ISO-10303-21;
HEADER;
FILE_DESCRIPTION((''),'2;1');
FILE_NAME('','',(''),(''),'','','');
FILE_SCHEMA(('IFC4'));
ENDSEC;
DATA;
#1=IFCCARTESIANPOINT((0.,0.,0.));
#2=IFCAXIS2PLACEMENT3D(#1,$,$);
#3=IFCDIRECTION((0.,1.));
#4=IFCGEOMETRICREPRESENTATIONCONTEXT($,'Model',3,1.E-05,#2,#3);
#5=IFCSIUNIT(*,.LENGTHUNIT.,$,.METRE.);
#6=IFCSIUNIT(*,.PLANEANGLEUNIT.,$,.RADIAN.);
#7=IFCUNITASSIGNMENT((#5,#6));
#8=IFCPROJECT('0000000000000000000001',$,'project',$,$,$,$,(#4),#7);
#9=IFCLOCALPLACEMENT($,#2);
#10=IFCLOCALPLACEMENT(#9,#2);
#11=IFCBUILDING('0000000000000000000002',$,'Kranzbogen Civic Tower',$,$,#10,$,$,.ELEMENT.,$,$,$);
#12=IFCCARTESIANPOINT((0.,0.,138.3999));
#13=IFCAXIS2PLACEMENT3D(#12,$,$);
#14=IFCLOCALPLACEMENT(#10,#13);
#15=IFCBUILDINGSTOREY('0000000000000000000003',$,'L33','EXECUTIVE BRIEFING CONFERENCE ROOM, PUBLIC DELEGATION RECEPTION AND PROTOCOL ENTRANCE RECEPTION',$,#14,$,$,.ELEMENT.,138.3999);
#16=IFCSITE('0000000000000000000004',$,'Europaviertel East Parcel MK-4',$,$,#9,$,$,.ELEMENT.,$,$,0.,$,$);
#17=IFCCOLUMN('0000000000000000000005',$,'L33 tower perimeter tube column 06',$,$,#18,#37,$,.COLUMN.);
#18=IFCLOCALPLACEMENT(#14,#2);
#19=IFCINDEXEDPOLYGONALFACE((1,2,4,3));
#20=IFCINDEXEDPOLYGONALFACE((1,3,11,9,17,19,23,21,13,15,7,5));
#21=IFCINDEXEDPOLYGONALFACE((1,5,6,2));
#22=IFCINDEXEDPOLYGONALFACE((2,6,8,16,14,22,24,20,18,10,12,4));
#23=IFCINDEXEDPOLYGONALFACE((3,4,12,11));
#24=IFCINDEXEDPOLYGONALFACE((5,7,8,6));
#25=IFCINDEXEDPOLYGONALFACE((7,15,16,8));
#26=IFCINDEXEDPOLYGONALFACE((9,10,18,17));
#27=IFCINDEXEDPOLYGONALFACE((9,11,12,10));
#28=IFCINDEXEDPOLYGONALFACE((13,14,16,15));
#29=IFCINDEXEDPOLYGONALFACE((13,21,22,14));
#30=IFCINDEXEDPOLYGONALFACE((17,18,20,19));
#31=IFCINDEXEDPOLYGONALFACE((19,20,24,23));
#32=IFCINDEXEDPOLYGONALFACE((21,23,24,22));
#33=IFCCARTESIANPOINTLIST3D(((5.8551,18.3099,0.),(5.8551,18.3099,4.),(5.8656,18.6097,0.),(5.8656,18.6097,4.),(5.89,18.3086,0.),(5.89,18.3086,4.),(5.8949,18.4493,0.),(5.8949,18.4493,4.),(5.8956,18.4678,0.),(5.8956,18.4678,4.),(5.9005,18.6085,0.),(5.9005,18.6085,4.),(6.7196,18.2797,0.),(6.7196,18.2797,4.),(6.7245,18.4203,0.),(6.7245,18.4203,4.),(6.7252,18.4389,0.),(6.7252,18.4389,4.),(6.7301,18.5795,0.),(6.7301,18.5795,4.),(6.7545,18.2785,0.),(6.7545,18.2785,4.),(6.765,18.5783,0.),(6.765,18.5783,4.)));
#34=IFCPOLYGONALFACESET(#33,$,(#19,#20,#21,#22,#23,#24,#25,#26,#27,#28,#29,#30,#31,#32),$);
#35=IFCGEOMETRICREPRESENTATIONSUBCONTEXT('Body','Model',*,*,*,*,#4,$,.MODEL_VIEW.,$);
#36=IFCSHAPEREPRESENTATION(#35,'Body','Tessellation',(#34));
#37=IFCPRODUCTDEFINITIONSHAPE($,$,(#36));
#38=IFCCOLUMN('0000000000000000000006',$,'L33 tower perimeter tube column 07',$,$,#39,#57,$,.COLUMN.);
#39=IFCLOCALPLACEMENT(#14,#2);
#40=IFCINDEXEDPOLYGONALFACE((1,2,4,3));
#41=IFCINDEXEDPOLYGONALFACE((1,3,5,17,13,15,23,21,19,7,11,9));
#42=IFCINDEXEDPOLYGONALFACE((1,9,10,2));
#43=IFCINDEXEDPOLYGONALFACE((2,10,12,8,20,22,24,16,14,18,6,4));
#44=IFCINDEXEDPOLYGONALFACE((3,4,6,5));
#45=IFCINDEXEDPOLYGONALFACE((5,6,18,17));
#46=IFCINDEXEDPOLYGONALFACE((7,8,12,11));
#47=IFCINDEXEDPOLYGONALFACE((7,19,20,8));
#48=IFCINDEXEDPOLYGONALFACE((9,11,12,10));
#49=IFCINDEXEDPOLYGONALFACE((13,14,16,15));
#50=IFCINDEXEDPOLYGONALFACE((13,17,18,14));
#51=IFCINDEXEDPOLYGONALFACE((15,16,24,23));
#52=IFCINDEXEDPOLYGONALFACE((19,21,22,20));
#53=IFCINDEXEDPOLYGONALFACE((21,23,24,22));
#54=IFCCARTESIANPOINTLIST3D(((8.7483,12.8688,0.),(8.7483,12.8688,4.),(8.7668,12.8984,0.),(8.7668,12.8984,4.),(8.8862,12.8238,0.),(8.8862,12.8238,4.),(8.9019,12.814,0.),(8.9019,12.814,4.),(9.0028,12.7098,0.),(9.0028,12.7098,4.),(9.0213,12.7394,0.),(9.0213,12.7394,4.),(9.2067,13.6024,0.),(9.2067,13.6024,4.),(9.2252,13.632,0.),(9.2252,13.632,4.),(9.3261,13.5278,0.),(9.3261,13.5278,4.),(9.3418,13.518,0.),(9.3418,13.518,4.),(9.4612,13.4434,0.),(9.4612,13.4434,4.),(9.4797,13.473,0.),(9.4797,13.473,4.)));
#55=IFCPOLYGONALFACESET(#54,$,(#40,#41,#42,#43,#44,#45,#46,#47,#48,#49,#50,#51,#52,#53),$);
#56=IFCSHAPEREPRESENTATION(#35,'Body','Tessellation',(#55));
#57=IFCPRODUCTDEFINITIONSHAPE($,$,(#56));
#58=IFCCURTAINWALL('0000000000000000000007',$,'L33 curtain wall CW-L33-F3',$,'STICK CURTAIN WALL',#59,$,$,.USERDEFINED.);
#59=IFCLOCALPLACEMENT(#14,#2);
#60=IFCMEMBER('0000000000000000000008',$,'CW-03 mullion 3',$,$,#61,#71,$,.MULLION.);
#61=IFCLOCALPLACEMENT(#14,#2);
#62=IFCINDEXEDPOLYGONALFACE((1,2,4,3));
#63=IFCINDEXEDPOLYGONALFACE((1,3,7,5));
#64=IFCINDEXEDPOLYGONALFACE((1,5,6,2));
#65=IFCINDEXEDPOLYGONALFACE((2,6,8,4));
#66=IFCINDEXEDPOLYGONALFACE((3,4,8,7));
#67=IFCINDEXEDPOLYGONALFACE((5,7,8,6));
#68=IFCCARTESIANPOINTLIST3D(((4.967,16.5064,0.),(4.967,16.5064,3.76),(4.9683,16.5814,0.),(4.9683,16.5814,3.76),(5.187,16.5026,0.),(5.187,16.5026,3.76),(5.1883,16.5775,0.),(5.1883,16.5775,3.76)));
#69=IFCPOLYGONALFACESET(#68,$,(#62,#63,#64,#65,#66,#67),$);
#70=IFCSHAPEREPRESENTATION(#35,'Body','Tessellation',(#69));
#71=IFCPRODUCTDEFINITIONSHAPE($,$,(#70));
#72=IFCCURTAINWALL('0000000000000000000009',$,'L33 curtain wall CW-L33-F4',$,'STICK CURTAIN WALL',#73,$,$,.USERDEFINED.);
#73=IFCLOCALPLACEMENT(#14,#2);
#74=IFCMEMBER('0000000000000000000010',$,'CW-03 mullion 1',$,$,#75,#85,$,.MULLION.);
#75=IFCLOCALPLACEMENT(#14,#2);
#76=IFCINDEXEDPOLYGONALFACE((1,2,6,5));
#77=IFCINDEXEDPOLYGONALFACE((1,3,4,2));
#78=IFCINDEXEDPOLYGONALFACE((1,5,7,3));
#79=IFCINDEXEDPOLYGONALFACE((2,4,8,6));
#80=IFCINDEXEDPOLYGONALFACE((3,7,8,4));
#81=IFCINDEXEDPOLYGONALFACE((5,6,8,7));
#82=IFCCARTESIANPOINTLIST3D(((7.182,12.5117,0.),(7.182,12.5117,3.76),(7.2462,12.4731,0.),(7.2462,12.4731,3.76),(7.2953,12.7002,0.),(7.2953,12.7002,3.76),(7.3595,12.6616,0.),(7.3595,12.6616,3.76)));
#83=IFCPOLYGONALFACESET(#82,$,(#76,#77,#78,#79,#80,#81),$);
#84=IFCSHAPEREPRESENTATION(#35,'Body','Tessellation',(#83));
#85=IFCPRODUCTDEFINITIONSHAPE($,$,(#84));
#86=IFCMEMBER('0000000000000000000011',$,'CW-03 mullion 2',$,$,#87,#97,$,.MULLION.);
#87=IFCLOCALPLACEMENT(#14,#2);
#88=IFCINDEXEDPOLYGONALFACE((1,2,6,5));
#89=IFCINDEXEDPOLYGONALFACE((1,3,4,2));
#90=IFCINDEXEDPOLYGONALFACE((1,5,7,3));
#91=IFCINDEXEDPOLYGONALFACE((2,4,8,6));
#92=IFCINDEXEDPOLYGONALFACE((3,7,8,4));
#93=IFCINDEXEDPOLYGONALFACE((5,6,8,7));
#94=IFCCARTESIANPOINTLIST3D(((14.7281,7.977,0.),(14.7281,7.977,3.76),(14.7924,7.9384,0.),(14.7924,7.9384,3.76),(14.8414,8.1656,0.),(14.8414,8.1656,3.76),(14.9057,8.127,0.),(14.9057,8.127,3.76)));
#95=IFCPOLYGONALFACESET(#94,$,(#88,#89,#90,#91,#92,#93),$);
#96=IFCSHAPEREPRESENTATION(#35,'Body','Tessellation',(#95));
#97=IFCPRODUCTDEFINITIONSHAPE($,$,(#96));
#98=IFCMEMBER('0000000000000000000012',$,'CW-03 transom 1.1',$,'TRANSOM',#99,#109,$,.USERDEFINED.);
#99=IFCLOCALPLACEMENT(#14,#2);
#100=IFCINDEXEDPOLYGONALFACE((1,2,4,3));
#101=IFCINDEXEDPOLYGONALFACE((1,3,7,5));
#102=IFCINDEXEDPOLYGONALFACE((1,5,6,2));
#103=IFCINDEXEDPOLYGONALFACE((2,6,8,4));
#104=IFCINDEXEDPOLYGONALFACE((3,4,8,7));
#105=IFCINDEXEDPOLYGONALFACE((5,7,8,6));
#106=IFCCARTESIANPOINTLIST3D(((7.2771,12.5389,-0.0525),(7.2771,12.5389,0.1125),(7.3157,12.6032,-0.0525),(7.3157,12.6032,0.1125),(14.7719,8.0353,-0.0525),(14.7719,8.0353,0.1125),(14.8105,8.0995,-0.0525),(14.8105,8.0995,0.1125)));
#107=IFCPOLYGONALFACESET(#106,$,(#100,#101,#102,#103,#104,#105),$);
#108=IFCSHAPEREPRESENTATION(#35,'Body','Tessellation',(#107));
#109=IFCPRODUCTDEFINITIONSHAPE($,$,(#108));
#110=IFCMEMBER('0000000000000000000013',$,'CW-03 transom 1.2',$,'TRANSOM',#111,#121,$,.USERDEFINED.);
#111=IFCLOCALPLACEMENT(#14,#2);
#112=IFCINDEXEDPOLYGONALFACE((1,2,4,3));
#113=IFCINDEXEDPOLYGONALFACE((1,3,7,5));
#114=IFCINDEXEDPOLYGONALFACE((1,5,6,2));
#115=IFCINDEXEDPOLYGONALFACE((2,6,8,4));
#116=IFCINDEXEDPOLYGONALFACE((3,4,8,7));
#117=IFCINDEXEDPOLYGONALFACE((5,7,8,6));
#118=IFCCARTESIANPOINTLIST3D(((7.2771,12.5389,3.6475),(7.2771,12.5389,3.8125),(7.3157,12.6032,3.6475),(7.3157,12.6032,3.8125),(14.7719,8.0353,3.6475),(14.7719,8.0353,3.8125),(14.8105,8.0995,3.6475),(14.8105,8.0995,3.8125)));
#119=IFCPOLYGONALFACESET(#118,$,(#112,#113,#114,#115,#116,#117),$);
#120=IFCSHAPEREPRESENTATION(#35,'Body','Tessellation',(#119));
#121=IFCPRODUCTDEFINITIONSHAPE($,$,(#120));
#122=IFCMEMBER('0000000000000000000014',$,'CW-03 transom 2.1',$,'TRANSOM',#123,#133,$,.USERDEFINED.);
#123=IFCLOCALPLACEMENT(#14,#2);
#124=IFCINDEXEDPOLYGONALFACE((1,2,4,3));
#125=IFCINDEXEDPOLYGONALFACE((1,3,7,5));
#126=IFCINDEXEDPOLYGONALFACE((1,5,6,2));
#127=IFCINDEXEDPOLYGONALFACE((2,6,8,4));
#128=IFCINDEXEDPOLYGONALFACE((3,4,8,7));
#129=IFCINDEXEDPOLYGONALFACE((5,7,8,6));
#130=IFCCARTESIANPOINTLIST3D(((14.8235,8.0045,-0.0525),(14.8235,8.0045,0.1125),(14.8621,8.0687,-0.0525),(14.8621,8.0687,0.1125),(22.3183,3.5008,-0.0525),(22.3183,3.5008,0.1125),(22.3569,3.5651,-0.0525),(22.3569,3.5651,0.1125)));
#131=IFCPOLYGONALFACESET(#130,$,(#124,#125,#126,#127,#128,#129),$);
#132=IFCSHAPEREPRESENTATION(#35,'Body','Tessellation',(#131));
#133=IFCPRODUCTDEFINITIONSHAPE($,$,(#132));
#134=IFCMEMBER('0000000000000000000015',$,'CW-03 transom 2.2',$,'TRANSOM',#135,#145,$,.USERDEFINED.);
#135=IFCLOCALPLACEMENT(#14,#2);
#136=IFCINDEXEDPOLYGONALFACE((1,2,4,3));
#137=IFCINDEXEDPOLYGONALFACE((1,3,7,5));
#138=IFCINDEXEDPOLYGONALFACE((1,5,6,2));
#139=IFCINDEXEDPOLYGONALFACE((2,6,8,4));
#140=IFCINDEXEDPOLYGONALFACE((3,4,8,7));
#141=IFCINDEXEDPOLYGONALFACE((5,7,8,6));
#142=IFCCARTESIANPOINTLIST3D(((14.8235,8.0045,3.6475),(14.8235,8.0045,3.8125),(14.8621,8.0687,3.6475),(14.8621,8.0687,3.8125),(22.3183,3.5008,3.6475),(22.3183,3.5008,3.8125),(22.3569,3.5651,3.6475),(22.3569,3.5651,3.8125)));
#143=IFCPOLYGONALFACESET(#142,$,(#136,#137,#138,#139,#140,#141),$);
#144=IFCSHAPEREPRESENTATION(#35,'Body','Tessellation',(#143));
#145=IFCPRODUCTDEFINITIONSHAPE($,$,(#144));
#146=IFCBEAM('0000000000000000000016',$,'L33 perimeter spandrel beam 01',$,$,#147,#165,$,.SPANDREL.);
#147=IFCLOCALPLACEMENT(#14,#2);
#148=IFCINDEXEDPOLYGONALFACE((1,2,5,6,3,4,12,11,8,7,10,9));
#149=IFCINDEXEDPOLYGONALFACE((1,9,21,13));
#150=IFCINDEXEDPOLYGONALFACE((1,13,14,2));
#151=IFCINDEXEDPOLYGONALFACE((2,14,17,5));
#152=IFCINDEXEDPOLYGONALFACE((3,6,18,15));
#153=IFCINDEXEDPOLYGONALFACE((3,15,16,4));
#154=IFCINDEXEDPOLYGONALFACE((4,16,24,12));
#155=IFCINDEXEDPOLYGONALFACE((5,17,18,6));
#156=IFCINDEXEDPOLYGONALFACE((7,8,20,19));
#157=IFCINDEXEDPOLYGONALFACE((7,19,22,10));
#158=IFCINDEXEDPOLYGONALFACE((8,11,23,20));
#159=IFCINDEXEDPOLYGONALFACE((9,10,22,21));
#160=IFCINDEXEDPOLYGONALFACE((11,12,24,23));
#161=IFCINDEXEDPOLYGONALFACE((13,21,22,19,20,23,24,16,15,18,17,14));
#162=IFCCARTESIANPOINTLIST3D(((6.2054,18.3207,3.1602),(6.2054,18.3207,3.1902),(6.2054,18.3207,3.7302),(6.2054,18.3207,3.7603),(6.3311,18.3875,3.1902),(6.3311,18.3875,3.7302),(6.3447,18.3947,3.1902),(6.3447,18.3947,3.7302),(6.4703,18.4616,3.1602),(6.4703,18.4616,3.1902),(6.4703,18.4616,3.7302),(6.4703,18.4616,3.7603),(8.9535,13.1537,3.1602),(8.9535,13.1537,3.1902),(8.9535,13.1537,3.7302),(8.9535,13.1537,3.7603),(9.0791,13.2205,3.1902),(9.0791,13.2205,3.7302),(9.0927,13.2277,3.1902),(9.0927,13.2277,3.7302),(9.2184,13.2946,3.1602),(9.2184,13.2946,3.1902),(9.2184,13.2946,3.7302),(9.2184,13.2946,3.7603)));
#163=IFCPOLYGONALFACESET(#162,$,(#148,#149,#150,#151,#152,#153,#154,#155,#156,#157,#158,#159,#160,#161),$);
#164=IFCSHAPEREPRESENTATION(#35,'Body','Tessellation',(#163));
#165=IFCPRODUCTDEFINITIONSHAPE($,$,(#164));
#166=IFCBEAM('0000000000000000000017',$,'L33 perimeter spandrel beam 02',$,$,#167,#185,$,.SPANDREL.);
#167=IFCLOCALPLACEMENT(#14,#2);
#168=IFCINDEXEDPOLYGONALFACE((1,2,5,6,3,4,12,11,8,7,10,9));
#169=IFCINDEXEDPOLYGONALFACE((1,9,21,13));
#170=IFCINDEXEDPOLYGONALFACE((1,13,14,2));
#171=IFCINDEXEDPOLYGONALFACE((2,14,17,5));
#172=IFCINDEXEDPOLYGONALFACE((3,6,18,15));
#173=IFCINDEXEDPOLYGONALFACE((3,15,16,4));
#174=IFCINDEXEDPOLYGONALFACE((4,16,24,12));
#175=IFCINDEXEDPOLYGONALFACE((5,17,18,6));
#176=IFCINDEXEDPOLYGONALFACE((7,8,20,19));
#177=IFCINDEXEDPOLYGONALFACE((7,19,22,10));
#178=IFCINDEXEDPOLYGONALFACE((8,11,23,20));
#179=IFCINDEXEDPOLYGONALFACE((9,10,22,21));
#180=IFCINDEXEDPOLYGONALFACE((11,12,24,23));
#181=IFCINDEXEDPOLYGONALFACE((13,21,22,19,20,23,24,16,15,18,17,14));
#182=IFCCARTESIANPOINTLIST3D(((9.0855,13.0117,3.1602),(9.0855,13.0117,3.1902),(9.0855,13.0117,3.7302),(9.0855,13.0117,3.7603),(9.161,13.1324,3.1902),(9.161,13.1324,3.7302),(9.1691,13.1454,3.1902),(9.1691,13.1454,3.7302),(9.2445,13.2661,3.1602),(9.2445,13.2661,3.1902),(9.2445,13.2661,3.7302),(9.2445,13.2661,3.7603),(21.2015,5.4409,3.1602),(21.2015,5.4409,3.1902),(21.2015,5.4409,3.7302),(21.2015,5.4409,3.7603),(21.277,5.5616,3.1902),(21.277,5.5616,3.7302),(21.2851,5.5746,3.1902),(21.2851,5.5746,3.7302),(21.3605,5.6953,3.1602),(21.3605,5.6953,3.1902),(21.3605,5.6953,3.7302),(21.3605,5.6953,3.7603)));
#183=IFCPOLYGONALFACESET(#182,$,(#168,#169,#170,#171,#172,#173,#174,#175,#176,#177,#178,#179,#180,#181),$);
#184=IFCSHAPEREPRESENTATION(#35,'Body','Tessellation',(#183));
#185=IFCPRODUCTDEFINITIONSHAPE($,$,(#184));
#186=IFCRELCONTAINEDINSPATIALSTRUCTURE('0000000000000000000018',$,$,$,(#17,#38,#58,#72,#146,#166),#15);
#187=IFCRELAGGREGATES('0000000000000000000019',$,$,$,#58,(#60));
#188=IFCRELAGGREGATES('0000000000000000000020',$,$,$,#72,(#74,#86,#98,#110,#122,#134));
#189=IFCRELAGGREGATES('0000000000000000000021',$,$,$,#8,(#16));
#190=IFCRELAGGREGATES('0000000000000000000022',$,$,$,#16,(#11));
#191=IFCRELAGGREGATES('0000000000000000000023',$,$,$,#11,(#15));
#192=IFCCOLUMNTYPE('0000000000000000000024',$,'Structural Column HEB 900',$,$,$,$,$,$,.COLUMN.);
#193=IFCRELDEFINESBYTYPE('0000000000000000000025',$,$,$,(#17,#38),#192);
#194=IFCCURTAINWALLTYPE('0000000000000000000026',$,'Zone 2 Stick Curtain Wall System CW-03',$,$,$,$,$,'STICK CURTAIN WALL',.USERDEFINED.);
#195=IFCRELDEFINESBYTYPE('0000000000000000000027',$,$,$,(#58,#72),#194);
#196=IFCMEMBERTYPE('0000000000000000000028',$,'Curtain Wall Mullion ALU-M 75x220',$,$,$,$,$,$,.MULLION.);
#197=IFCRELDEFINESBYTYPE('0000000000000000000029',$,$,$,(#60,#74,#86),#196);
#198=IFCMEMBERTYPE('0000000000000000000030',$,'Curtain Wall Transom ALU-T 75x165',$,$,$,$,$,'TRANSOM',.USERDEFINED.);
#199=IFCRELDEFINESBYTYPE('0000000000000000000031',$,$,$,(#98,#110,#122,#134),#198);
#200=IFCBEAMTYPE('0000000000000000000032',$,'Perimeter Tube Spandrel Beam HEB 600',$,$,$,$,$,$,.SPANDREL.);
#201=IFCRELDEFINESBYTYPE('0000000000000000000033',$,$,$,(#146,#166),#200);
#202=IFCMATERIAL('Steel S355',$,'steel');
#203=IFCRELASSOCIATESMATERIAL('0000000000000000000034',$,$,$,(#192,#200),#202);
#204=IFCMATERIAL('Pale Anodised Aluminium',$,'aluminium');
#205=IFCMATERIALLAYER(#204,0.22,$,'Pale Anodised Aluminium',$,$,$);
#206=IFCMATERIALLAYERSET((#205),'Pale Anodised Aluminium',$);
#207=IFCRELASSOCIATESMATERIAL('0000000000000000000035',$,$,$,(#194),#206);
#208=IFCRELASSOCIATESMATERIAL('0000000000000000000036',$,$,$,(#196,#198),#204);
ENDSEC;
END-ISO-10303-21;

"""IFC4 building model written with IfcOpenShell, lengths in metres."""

from ifc_helpers import new_model, si_unit, direction, frame, origin, origin_2d, place, context, subcontext, project, spatial, rectangle, i_section, extrude, material, layer, layer_set, material_profile, profile_set, type_object, element, aggregate, save


model = new_model("IFC4")

# Units and contexts
model_context = context("Model", 3, precision=1e-05, world=origin(), true_north=direction((0.0, 1.0)))
body_context = subcontext(model_context, "Body", "Model", "MODEL_VIEW")
ifc_project = project(units=[si_unit("LENGTHUNIT", "METRE"), si_unit("PLANEANGLEUNIT", "RADIAN")], contexts=[model_context])

# Site, building, storey
site_placement = place(None, origin())
site = spatial("IfcSite", under=ifc_project, at=site_placement, Name="Europaviertel East Parcel MK-4", CompositionType="ELEMENT", RefElevation=0.0)
building_placement = place(site_placement, origin())
building = spatial("IfcBuilding", under=site, at=building_placement, Name="Kranzbogen Civic Tower", CompositionType="ELEMENT")
storey_placement = place(building_placement, frame((0.0, 0.0, 138.3999)))
storey = spatial("IfcBuildingStorey", under=building, at=storey_placement, Name="L33", Description="EXECUTIVE BRIEFING CONFERENCE ROOM, PUBLIC DELEGATION RECEPTION AND PROTOCOL ENTRANCE RECEPTION", CompositionType="ELEMENT", Elevation=138.3999)

# Columns
ifc_material_1 = material(Name="Steel S355", Category="steel")
ifc_material_profile_1 = material_profile(ifc_material_1, i_section(OverallWidth=0.3, OverallDepth=0.8999, WebThickness=0.0186, FlangeThickness=0.0349, at=origin_2d()), Name="HEB 900")
ifc_profile_set_1 = profile_set([ifc_material_profile_1], Name="Steel S355")
column_type = type_object("IfcColumnType", Name="Structural Column HEB 900", PredefinedType="COLUMN", material=ifc_profile_set_1)
for number, where, z_axis, x_axis, name in (
    (1, (6.3101, 18.4441, 0.0), (0.0, 0.0, 1.0), (0.034899, 0.999391, 0.0), "L33 tower perimeter tube column 06"),
    (2, (9.114, 13.1709, 0.0), (0.0, 0.0, 1.0), (-0.848048, 0.529919, 0.0), "L33 tower perimeter tube column 07"),
):
    element("IfcColumn", number, at=place(storey_placement, frame(where, z_axis=z_axis, x_axis=x_axis)), inside=storey, type_object=column_type, Name=name, PredefinedType="COLUMN", context=body_context, shape_type="SweptSolid", body=[
        extrude(i_section(OverallWidth=0.3, OverallDepth=0.8999, WebThickness=0.0186, FlangeThickness=0.0349, at=origin_2d()), origin(), (0.0, 0.0, 1.0), 4.0),
    ])

# Curtain wall, member
ifc_material_2 = material(Name="Pale Anodised Aluminium", Category="aluminium")
ifc_layer_1 = layer(ifc_material_2, 0.22, Name="Pale Anodised Aluminium")
ifc_layer_set_1 = layer_set([ifc_layer_1], Name="Pale Anodised Aluminium")
curtain_wall_type = type_object("IfcCurtainWallType", Name="Zone 2 Stick Curtain Wall System CW-03", ElementType="STICK CURTAIN WALL", PredefinedType="USERDEFINED", material=ifc_layer_set_1)
curtain_wall_1_placement = place(storey_placement, origin())
curtain_wall_1 = element("IfcCurtainWall", 3, at=curtain_wall_1_placement, inside=storey, type_object=curtain_wall_type, Name="L33 curtain wall CW-L33-F3", ObjectType="STICK CURTAIN WALL", PredefinedType="USERDEFINED")
ifc_material_profile_2 = material_profile(ifc_material_2, rectangle(XDim=0.075, YDim=0.22, at=origin_2d()), Name="ALU-M 75x220")
ifc_profile_set_2 = profile_set([ifc_material_profile_2], Name="Pale Anodised Aluminium")
member_type_1 = type_object("IfcMemberType", Name="Curtain Wall Mullion ALU-M 75x220", PredefinedType="MULLION", material=ifc_profile_set_2)
member_1_placement = place(storey_placement, frame((5.0776, 16.542, 0.0), z_axis=(0.0, 0.0, 1.0), x_axis=(-0.017432, -0.999848, 0.0)))
member_1 = element("IfcMember", 4, at=member_1_placement, type_object=member_type_1, Name="CW-03 mullion 3", PredefinedType="MULLION", context=body_context, shape_type="SweptSolid", body=[
    extrude(rectangle(XDim=0.075, YDim=0.22, at=origin_2d()), origin(), (0.0, 0.0, 1.0), 3.76),
])

# Curtain wall, members
curtain_wall_2_placement = place(storey_placement, origin())
curtain_wall_2 = element("IfcCurtainWall", 5, at=curtain_wall_2_placement, inside=storey, type_object=curtain_wall_type, Name="L33 curtain wall CW-L33-F4", ObjectType="STICK CURTAIN WALL", PredefinedType="USERDEFINED")
member_2_placement = place(storey_placement, frame((7.2708, 12.5867, 0.0), z_axis=(0.0, 0.0, 1.0), x_axis=(0.857153, -0.515062, 0.0)))
member_2 = element("IfcMember", 6, at=member_2_placement, type_object=member_type_1, Name="CW-03 mullion 1", PredefinedType="MULLION", context=body_context, shape_type="SweptSolid", body=[
    extrude(rectangle(XDim=0.075, YDim=0.22, at=origin_2d()), origin(), (0.0, 0.0, 1.0), 3.76),
])
member_3_placement = place(storey_placement, frame((14.8169, 8.052, 0.0), z_axis=(0.0, 0.0, 1.0), x_axis=(0.857153, -0.515062, 0.0)))
member_3 = element("IfcMember", 7, at=member_3_placement, type_object=member_type_1, Name="CW-03 mullion 2", PredefinedType="MULLION", context=body_context, shape_type="SweptSolid", body=[
    extrude(rectangle(XDim=0.075, YDim=0.22, at=origin_2d()), origin(), (0.0, 0.0, 1.0), 3.76),
])
ifc_material_profile_3 = material_profile(ifc_material_2, rectangle(XDim=0.075, YDim=0.165, at=origin_2d()), Name="ALU-T 75x165")
ifc_profile_set_3 = profile_set([ifc_material_profile_3], Name="Pale Anodised Aluminium")
member_type_2 = type_object("IfcMemberType", Name="Curtain Wall Transom ALU-T 75x165", ElementType="TRANSOM", PredefinedType="USERDEFINED", material=ifc_profile_set_3)
member_4_placement = place(storey_placement, frame((7.2964, 12.571, 0.03), z_axis=(0.857153, -0.515062, 0.0), x_axis=(0.515062, 0.857153, 0.0)))
member_4 = element("IfcMember", 8, at=member_4_placement, type_object=member_type_2, Name="CW-03 transom 1.1", ObjectType="TRANSOM", PredefinedType="USERDEFINED", context=body_context, shape_type="SweptSolid", body=[
    extrude(rectangle(XDim=0.075, YDim=0.165, at=origin_2d()), origin(), (0.0, 0.0, 1.0), 8.7439),
])
member_5_placement = place(storey_placement, frame((7.2964, 12.571, 3.73), z_axis=(0.857153, -0.515062, 0.0), x_axis=(0.515062, 0.857153, 0.0)))
member_5 = element("IfcMember", 9, at=member_5_placement, type_object=member_type_2, Name="CW-03 transom 1.2", ObjectType="TRANSOM", PredefinedType="USERDEFINED", context=body_context, shape_type="SweptSolid", body=[
    extrude(rectangle(XDim=0.075, YDim=0.165, at=origin_2d()), origin(), (0.0, 0.0, 1.0), 8.7439),
])
member_6_placement = place(storey_placement, frame((14.8428, 8.0366, 0.03), z_axis=(0.857153, -0.515062, 0.0), x_axis=(0.515062, 0.857153, 0.0)))
member_6 = element("IfcMember", 10, at=member_6_placement, type_object=member_type_2, Name="CW-03 transom 2.1", ObjectType="TRANSOM", PredefinedType="USERDEFINED", context=body_context, shape_type="SweptSolid", body=[
    extrude(rectangle(XDim=0.075, YDim=0.165, at=origin_2d()), origin(), (0.0, 0.0, 1.0), 8.7439),
])
member_7_placement = place(storey_placement, frame((14.8428, 8.0366, 3.73), z_axis=(0.857153, -0.515062, 0.0), x_axis=(0.515062, 0.857153, 0.0)))
member_7 = element("IfcMember", 11, at=member_7_placement, type_object=member_type_2, Name="CW-03 transom 2.2", ObjectType="TRANSOM", PredefinedType="USERDEFINED", context=body_context, shape_type="SweptSolid", body=[
    extrude(rectangle(XDim=0.075, YDim=0.165, at=origin_2d()), origin(), (0.0, 0.0, 1.0), 8.7439),
])

# Beams
ifc_material_profile_4 = material_profile(ifc_material_1, i_section(OverallWidth=0.3, OverallDepth=0.6001, WebThickness=0.0154, FlangeThickness=0.03, at=origin_2d()), Name="HEB 600")
ifc_profile_set_4 = profile_set([ifc_material_profile_4], Name="Steel S355")
beam_type_1 = type_object("IfcBeamType", Name="Perimeter Tube Spandrel Beam HEB 600", PredefinedType="SPANDREL", material=ifc_profile_set_4)
beam_1_placement = place(storey_placement, frame((6.3379, 18.3911, 3.4602), z_axis=(0.469566, -0.882897, 0.0), x_axis=(0.882897, 0.469566, 0.0)))
element("IfcBeam", 12, at=beam_1_placement, inside=storey, type_object=beam_type_1, Name="L33 perimeter spandrel beam 01", PredefinedType="SPANDREL", context=body_context, shape_type="SweptSolid", body=[
    extrude(i_section(OverallWidth=0.3, OverallDepth=0.6001, WebThickness=0.0154, FlangeThickness=0.03, at=origin_2d()), origin(), (0.0, 0.0, 1.0), 5.8523),
])
beam_2_placement = place(storey_placement, frame((9.165, 13.1389, 3.4602), z_axis=(0.848051, -0.529914, 0.0), x_axis=(0.529914, 0.848051, 0.0)))
element("IfcBeam", 13, at=beam_2_placement, inside=storey, type_object=beam_type_1, Name="L33 perimeter spandrel beam 02", PredefinedType="SPANDREL", context=body_context, shape_type="SweptSolid", body=[
    extrude(i_section(OverallWidth=0.3, OverallDepth=0.6001, WebThickness=0.0154, FlangeThickness=0.03, at=origin_2d()), origin(), (0.0, 0.0, 1.0), 14.2869),
])

aggregate(curtain_wall_1, [member_1])
aggregate(curtain_wall_2, [member_2, member_3, member_4, member_5, member_6, member_7])

save(model, "model.ifc")
